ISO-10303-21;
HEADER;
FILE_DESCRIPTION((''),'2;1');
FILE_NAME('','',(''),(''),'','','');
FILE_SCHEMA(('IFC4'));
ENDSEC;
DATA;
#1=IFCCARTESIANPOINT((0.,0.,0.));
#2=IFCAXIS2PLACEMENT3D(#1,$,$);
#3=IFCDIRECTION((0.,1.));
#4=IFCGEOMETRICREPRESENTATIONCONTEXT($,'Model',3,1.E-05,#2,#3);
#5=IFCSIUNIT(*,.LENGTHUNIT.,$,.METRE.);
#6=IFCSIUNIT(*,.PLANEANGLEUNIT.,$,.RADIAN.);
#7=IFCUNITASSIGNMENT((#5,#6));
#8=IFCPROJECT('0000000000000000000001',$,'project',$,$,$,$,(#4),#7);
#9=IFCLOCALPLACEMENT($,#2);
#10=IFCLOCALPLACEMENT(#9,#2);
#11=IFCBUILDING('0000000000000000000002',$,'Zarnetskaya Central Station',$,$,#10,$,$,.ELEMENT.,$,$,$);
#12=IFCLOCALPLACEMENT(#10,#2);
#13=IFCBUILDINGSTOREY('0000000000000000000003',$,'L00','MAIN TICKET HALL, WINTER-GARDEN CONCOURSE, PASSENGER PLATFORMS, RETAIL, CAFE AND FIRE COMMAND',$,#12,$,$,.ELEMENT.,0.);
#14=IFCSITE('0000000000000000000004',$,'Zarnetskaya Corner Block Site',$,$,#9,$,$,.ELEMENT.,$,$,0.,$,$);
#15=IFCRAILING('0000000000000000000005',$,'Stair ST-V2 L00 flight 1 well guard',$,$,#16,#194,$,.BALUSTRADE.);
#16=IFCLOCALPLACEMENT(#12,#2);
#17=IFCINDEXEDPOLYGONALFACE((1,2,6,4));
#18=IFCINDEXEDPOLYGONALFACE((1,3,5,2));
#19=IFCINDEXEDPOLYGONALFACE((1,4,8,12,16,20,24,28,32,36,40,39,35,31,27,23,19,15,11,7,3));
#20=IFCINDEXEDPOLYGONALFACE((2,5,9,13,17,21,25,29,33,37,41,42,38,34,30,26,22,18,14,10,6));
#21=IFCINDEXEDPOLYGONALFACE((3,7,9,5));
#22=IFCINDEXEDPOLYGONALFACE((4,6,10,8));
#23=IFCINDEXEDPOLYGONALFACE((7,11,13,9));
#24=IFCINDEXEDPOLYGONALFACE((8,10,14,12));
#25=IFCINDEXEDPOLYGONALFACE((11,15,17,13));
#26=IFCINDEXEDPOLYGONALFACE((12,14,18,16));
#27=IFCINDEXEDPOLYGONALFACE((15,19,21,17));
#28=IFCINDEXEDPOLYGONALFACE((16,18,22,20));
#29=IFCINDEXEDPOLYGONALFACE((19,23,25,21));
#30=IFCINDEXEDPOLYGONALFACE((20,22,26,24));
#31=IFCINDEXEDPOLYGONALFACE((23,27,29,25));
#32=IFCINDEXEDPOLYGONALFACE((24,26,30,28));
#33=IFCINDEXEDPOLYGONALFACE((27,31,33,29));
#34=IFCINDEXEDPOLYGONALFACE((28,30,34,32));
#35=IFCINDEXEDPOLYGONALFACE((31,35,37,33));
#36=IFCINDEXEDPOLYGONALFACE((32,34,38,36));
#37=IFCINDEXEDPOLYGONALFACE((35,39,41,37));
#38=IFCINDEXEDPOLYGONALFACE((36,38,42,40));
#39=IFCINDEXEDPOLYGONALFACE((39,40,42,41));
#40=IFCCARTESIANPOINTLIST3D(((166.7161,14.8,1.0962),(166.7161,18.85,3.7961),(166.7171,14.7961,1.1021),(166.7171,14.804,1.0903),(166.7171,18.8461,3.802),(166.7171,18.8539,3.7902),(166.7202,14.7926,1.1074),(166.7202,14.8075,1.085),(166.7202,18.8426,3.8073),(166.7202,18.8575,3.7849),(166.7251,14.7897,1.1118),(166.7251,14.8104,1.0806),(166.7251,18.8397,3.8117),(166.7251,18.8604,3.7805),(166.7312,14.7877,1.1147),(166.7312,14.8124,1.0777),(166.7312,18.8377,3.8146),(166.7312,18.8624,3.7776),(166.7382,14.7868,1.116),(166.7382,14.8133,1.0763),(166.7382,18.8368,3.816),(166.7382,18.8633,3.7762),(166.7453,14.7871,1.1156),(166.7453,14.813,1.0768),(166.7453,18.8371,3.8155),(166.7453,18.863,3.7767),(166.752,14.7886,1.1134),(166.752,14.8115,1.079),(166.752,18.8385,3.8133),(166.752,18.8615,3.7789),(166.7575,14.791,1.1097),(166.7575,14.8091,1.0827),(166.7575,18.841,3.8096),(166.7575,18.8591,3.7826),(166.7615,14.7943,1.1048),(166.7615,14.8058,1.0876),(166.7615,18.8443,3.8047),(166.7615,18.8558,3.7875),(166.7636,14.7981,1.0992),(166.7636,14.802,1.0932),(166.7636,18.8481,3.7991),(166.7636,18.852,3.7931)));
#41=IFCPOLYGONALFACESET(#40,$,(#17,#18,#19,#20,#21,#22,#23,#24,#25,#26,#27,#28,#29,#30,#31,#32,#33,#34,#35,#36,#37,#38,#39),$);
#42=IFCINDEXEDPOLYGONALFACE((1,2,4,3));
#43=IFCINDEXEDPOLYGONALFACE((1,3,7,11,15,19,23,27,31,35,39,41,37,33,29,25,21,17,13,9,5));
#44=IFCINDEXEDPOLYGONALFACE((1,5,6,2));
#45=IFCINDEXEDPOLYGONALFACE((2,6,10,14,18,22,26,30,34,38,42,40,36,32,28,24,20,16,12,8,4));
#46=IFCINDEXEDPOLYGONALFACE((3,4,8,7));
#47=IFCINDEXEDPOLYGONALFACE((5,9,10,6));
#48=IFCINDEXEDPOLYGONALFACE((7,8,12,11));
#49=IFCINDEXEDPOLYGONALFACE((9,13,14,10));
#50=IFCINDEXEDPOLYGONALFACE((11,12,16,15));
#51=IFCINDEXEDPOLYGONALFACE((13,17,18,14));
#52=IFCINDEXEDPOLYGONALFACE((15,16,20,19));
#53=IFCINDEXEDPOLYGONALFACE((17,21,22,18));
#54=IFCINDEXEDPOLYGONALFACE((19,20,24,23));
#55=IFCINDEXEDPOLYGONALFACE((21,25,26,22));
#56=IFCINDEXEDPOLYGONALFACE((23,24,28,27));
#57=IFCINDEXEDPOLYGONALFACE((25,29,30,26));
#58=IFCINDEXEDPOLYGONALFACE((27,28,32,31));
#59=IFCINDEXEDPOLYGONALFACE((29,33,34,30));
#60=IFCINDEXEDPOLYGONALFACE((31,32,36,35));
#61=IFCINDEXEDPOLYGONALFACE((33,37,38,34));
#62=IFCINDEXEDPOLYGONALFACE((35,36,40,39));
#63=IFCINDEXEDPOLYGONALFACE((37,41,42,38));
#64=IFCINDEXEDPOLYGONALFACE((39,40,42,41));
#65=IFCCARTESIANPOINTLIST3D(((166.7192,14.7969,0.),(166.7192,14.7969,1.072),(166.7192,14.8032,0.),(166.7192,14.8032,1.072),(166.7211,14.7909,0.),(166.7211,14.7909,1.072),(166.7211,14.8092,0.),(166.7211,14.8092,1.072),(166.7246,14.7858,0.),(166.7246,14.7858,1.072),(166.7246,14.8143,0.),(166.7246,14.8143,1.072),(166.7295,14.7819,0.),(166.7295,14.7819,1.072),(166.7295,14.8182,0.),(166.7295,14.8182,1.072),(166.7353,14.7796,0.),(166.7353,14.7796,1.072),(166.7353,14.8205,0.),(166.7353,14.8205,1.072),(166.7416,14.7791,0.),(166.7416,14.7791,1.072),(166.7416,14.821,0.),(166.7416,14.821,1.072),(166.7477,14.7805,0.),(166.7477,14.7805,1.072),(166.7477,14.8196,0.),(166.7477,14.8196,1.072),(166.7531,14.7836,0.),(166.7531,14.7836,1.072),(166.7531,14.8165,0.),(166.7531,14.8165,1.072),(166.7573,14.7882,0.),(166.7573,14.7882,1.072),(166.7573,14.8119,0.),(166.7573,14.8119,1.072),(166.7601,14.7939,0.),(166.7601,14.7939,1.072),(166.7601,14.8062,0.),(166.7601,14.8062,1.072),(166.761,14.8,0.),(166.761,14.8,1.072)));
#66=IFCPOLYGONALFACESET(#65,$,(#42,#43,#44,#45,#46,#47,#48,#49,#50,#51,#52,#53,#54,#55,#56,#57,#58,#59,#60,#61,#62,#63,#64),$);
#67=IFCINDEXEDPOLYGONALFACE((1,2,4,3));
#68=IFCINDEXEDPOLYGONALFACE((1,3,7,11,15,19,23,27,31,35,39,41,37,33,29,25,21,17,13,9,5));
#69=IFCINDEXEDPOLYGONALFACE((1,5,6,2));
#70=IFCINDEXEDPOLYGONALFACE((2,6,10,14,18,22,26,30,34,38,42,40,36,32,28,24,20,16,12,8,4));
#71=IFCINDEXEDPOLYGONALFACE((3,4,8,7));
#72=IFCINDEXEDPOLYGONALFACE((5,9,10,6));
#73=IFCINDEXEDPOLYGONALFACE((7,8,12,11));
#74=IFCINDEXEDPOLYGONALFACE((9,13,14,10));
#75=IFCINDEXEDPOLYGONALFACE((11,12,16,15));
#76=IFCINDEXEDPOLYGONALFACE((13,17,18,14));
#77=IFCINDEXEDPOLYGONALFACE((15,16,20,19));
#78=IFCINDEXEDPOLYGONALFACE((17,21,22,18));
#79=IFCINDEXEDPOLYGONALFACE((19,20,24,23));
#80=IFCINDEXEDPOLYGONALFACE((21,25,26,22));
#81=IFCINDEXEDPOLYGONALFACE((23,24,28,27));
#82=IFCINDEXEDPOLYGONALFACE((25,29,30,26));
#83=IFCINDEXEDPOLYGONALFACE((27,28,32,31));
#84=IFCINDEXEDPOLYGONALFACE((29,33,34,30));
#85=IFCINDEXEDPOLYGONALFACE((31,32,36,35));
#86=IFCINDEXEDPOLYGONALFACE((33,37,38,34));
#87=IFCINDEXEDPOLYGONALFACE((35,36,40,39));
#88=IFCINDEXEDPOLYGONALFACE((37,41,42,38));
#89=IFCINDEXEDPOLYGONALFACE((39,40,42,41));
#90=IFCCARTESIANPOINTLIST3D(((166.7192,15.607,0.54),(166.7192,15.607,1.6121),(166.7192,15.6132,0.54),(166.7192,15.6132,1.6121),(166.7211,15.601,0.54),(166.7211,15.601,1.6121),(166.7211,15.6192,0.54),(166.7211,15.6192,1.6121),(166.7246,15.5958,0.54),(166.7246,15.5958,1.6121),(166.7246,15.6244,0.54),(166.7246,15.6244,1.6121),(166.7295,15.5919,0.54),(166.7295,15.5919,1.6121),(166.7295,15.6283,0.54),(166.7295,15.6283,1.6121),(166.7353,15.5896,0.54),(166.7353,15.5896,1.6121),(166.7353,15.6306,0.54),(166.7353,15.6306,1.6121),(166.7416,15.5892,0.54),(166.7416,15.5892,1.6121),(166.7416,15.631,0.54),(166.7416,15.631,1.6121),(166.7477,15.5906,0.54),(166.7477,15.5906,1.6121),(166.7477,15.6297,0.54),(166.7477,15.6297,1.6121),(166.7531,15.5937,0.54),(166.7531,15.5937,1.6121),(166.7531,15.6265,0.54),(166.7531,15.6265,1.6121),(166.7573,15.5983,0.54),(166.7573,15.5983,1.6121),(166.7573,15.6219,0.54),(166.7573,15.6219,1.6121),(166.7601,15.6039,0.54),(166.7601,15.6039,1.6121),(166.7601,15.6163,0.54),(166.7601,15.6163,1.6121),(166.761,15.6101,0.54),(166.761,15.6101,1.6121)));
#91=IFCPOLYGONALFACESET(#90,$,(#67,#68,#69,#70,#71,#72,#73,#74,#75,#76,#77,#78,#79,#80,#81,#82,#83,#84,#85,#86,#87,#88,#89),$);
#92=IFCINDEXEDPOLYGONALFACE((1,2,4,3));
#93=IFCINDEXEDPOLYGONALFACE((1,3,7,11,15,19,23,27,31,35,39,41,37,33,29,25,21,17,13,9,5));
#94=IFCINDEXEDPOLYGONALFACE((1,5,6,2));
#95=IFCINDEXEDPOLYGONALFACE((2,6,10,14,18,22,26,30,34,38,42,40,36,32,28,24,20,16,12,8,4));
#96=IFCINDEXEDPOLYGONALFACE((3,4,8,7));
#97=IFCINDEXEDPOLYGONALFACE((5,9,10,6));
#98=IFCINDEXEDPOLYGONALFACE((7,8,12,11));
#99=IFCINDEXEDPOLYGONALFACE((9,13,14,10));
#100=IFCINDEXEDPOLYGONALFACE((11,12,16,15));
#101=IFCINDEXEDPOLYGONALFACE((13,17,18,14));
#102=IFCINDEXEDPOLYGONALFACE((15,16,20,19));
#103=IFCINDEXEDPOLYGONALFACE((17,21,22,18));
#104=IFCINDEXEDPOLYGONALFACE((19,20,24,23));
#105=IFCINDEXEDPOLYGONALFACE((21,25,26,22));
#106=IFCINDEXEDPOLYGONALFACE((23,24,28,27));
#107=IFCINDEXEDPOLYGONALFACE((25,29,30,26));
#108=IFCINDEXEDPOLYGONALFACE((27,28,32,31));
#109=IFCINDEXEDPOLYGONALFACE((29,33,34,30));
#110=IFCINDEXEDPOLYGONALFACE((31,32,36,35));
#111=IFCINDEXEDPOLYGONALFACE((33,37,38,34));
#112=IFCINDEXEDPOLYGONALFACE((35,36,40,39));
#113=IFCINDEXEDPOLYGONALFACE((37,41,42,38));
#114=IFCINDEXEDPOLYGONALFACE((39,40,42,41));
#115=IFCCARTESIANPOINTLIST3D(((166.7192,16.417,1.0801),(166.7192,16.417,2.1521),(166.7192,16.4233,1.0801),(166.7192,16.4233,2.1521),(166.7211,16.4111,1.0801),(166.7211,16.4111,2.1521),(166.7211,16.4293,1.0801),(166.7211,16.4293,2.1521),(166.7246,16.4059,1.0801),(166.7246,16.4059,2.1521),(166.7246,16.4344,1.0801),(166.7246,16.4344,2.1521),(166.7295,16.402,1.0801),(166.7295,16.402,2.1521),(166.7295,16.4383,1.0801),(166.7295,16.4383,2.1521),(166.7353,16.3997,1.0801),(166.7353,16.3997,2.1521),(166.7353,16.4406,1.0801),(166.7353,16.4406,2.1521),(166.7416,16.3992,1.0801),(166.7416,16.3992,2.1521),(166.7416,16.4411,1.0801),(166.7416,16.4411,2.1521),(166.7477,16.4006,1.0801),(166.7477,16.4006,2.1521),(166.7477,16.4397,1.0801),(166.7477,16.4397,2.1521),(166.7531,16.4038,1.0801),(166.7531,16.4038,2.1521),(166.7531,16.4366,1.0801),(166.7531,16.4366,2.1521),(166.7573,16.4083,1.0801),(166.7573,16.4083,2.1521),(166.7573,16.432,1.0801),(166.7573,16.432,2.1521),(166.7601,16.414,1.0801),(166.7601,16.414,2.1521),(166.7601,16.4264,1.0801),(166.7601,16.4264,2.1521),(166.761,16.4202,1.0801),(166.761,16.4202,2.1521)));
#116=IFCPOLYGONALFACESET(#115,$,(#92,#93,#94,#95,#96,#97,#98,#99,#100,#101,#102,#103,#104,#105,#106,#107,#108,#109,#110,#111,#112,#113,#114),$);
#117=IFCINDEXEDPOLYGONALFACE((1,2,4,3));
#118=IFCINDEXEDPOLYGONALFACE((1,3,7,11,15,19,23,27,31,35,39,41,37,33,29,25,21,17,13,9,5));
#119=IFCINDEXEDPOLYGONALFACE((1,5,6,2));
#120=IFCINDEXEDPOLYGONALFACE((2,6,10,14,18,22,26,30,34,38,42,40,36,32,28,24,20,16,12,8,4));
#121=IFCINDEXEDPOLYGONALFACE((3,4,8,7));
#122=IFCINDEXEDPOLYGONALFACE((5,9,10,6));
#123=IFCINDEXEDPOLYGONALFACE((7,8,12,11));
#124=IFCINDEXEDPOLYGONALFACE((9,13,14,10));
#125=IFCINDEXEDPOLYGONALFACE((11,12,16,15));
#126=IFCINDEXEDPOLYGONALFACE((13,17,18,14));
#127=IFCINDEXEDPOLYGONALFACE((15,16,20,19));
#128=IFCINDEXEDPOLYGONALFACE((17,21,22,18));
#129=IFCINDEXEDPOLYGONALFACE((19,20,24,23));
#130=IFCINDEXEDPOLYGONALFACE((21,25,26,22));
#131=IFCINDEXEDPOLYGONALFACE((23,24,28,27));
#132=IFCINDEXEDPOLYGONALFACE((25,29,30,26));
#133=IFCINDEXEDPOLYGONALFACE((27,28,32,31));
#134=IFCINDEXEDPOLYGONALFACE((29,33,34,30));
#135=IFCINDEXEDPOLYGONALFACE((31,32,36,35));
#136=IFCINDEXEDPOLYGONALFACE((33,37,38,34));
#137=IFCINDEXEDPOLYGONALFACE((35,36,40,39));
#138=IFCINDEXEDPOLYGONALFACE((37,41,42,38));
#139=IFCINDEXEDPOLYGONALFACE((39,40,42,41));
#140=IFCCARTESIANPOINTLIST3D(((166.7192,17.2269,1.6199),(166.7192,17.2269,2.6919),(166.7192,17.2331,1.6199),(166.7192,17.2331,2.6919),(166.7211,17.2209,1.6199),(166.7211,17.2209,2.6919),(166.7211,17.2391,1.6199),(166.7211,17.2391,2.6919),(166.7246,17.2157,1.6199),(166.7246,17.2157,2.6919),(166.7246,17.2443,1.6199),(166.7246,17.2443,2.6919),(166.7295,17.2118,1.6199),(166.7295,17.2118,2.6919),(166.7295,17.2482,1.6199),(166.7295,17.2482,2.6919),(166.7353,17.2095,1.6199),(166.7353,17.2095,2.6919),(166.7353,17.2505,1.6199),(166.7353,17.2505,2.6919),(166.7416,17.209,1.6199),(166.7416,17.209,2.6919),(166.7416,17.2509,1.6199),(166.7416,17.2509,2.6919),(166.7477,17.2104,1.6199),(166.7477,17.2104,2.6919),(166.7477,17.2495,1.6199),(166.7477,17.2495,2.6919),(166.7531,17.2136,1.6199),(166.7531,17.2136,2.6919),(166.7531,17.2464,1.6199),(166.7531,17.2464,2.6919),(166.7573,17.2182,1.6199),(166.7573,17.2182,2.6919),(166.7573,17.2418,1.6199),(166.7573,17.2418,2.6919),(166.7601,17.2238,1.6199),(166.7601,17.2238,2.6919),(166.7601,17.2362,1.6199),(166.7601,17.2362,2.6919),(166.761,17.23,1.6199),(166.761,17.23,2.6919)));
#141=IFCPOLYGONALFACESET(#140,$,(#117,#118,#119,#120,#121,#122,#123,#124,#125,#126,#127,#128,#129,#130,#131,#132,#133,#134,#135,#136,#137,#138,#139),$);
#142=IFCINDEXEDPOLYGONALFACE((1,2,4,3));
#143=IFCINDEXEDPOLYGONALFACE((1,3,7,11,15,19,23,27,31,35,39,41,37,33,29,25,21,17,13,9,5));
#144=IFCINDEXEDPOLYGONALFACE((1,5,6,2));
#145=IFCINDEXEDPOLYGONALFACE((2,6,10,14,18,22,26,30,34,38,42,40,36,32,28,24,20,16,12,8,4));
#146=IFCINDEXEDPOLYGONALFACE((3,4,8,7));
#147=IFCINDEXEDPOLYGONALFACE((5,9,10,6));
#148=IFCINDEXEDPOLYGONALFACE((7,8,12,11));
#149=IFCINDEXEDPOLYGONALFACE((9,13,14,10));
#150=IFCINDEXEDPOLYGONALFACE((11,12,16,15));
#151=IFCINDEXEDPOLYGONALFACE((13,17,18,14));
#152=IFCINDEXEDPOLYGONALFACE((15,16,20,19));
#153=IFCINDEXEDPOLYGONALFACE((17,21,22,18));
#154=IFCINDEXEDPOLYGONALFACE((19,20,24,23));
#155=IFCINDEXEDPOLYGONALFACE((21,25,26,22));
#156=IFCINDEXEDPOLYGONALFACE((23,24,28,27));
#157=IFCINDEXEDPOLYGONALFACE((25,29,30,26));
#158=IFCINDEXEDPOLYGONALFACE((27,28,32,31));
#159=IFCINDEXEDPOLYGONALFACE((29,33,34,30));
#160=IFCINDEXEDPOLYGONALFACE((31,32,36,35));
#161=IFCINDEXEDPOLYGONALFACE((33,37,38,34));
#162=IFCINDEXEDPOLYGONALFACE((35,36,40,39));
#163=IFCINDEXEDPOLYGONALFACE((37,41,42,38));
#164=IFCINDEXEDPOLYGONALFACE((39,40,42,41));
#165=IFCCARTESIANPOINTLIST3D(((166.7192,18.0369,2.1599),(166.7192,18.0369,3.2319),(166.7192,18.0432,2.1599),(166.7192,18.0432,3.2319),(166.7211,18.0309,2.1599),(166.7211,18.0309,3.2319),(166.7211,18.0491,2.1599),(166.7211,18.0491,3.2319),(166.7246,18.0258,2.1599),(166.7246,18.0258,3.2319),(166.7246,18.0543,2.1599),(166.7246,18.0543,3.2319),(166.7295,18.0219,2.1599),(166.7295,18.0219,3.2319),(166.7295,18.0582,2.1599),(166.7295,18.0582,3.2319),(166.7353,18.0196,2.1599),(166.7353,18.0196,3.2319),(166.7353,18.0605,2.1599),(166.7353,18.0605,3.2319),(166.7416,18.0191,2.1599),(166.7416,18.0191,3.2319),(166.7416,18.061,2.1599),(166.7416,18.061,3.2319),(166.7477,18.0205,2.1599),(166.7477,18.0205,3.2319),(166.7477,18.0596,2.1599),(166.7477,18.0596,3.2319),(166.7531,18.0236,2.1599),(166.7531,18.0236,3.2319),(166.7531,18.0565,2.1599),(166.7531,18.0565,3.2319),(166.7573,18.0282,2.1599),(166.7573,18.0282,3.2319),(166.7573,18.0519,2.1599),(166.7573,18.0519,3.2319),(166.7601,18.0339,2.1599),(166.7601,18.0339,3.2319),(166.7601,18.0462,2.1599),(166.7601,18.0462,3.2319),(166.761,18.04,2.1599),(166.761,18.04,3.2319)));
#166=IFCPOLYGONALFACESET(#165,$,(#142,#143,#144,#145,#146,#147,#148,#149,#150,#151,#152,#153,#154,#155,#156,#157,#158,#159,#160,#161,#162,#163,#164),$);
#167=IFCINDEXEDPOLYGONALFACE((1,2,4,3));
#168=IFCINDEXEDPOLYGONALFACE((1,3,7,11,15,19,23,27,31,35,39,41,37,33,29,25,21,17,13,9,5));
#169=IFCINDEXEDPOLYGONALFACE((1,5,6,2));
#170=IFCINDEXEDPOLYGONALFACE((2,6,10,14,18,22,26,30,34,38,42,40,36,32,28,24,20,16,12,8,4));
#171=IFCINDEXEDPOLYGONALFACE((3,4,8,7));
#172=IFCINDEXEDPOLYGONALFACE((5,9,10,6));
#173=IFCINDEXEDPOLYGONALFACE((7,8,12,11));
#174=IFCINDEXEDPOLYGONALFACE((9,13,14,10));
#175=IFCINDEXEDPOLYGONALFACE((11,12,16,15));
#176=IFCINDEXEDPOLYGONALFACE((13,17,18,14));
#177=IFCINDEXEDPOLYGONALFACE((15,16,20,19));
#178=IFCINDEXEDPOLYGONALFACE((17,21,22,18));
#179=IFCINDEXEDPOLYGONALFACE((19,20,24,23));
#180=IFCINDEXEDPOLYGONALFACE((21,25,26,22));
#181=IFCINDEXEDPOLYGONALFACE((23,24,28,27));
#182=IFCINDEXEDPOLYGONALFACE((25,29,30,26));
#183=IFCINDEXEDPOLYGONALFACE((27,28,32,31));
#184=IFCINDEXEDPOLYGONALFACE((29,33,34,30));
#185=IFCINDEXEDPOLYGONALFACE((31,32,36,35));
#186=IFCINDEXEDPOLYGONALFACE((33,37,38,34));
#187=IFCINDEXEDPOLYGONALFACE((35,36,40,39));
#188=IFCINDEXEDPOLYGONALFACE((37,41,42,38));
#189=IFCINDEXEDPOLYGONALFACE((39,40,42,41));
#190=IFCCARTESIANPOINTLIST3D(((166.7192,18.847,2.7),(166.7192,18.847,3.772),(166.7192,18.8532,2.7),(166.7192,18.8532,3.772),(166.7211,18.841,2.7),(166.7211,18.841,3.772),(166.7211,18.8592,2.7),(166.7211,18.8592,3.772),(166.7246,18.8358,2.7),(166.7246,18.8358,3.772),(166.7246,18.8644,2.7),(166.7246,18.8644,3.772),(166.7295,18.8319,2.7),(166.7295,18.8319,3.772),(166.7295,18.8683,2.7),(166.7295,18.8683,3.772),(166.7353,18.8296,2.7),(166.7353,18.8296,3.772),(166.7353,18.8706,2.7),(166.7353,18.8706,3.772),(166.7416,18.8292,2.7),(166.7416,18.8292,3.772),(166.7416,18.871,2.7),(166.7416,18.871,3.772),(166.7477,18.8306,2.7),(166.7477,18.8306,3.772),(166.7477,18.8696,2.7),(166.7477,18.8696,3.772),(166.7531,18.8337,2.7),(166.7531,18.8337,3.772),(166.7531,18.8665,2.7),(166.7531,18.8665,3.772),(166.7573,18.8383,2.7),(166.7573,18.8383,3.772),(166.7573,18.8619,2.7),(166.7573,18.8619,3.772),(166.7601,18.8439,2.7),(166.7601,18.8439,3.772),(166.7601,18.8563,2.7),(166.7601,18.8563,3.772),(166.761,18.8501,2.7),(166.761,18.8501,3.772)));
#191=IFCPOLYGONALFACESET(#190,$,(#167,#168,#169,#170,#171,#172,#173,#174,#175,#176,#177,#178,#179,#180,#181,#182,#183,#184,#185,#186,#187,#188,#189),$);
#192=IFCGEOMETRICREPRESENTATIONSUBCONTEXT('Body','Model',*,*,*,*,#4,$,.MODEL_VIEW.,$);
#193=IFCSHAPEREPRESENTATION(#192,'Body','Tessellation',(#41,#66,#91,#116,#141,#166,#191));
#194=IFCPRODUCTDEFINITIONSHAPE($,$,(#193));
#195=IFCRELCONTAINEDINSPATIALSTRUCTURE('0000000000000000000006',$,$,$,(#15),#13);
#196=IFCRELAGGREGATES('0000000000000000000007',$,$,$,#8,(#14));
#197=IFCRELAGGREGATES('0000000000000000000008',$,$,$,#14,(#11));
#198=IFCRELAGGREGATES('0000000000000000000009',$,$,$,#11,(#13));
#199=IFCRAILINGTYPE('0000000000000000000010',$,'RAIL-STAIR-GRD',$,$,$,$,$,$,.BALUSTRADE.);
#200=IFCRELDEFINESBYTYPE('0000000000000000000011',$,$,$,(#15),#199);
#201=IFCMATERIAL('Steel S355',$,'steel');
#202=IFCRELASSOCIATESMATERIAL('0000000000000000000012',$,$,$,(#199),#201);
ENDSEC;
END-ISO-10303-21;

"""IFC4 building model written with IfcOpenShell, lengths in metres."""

from ifc_helpers import new_model, si_unit, direction, frame, origin, origin_2d, place, context, subcontext, project, spatial, circle, extrude, material, type_object, element, save


model = new_model("IFC4")

# Units and contexts
model_context = context("Model", 3, precision=1e-05, world=origin(), true_north=direction((0.0, 1.0)))
body_context = subcontext(model_context, "Body", "Model", "MODEL_VIEW")
ifc_project = project(units=[si_unit("LENGTHUNIT", "METRE"), si_unit("PLANEANGLEUNIT", "RADIAN")], contexts=[model_context])

# Site, building, storey
site_placement = place(None, origin())
site = spatial("IfcSite", under=ifc_project, at=site_placement, Name="Zarnetskaya Corner Block Site", CompositionType="ELEMENT", RefElevation=0.0)
building_placement = place(site_placement, origin())
building = spatial("IfcBuilding", under=site, at=building_placement, Name="Zarnetskaya Central Station", CompositionType="ELEMENT")
storey_placement = place(building_placement, origin())
storey = spatial("IfcBuildingStorey", under=building, at=storey_placement, Name="L00", Description="MAIN TICKET HALL, WINTER-GARDEN CONCOURSE, PASSENGER PLATFORMS, RETAIL, CAFE AND FIRE COMMAND", CompositionType="ELEMENT", Elevation=0.0)

# Shared definitions
ifc_material_1 = material(Name="Steel S355", Category="steel")

# Railing
railing_type_1 = type_object("IfcRailingType", Name="RAIL-STAIR-GRD", PredefinedType="BALUSTRADE", material=ifc_material_1)
railing_1_placement = place(storey_placement, frame((166.74, 14.8, 0.0)))
element("IfcRailing", 1, at=railing_1_placement, inside=storey, type_object=railing_type_1, Name="Stair ST-V2 L00 flight 1 well guard", PredefinedType="BALUSTRADE", context=body_context, shape_type="SweptSolid", body=[
    extrude(circle(Radius=0.0239, at=origin_2d()), frame((0.0, 0.0, 1.0962), z_axis=(0.0, 0.832058, 0.554689), x_axis=(-1.0, 0.0, 0.0)), (0.0, 0.0, 1.0), 4.8674),
    extrude(circle(Radius=0.021, at=origin_2d()), origin(), (0.0, 0.0, 1.0), 1.072),
    extrude(circle(Radius=0.021, at=origin_2d()), frame((0.0, 0.8101, 0.54)), (0.0, 0.0, 1.0), 1.072),
    extrude(circle(Radius=0.021, at=origin_2d()), frame((0.0, 1.6201, 1.0801)), (0.0, 0.0, 1.0), 1.072),
    extrude(circle(Radius=0.021, at=origin_2d()), frame((0.0, 2.4299, 1.6199)), (0.0, 0.0, 1.0), 1.072),
    extrude(circle(Radius=0.021, at=origin_2d()), frame((0.0, 3.24, 2.1599)), (0.0, 0.0, 1.0), 1.072),
    extrude(circle(Radius=0.021, at=origin_2d()), frame((0.0, 4.05, 2.7)), (0.0, 0.0, 1.0), 1.072),
])

save(model, "model.ifc")
